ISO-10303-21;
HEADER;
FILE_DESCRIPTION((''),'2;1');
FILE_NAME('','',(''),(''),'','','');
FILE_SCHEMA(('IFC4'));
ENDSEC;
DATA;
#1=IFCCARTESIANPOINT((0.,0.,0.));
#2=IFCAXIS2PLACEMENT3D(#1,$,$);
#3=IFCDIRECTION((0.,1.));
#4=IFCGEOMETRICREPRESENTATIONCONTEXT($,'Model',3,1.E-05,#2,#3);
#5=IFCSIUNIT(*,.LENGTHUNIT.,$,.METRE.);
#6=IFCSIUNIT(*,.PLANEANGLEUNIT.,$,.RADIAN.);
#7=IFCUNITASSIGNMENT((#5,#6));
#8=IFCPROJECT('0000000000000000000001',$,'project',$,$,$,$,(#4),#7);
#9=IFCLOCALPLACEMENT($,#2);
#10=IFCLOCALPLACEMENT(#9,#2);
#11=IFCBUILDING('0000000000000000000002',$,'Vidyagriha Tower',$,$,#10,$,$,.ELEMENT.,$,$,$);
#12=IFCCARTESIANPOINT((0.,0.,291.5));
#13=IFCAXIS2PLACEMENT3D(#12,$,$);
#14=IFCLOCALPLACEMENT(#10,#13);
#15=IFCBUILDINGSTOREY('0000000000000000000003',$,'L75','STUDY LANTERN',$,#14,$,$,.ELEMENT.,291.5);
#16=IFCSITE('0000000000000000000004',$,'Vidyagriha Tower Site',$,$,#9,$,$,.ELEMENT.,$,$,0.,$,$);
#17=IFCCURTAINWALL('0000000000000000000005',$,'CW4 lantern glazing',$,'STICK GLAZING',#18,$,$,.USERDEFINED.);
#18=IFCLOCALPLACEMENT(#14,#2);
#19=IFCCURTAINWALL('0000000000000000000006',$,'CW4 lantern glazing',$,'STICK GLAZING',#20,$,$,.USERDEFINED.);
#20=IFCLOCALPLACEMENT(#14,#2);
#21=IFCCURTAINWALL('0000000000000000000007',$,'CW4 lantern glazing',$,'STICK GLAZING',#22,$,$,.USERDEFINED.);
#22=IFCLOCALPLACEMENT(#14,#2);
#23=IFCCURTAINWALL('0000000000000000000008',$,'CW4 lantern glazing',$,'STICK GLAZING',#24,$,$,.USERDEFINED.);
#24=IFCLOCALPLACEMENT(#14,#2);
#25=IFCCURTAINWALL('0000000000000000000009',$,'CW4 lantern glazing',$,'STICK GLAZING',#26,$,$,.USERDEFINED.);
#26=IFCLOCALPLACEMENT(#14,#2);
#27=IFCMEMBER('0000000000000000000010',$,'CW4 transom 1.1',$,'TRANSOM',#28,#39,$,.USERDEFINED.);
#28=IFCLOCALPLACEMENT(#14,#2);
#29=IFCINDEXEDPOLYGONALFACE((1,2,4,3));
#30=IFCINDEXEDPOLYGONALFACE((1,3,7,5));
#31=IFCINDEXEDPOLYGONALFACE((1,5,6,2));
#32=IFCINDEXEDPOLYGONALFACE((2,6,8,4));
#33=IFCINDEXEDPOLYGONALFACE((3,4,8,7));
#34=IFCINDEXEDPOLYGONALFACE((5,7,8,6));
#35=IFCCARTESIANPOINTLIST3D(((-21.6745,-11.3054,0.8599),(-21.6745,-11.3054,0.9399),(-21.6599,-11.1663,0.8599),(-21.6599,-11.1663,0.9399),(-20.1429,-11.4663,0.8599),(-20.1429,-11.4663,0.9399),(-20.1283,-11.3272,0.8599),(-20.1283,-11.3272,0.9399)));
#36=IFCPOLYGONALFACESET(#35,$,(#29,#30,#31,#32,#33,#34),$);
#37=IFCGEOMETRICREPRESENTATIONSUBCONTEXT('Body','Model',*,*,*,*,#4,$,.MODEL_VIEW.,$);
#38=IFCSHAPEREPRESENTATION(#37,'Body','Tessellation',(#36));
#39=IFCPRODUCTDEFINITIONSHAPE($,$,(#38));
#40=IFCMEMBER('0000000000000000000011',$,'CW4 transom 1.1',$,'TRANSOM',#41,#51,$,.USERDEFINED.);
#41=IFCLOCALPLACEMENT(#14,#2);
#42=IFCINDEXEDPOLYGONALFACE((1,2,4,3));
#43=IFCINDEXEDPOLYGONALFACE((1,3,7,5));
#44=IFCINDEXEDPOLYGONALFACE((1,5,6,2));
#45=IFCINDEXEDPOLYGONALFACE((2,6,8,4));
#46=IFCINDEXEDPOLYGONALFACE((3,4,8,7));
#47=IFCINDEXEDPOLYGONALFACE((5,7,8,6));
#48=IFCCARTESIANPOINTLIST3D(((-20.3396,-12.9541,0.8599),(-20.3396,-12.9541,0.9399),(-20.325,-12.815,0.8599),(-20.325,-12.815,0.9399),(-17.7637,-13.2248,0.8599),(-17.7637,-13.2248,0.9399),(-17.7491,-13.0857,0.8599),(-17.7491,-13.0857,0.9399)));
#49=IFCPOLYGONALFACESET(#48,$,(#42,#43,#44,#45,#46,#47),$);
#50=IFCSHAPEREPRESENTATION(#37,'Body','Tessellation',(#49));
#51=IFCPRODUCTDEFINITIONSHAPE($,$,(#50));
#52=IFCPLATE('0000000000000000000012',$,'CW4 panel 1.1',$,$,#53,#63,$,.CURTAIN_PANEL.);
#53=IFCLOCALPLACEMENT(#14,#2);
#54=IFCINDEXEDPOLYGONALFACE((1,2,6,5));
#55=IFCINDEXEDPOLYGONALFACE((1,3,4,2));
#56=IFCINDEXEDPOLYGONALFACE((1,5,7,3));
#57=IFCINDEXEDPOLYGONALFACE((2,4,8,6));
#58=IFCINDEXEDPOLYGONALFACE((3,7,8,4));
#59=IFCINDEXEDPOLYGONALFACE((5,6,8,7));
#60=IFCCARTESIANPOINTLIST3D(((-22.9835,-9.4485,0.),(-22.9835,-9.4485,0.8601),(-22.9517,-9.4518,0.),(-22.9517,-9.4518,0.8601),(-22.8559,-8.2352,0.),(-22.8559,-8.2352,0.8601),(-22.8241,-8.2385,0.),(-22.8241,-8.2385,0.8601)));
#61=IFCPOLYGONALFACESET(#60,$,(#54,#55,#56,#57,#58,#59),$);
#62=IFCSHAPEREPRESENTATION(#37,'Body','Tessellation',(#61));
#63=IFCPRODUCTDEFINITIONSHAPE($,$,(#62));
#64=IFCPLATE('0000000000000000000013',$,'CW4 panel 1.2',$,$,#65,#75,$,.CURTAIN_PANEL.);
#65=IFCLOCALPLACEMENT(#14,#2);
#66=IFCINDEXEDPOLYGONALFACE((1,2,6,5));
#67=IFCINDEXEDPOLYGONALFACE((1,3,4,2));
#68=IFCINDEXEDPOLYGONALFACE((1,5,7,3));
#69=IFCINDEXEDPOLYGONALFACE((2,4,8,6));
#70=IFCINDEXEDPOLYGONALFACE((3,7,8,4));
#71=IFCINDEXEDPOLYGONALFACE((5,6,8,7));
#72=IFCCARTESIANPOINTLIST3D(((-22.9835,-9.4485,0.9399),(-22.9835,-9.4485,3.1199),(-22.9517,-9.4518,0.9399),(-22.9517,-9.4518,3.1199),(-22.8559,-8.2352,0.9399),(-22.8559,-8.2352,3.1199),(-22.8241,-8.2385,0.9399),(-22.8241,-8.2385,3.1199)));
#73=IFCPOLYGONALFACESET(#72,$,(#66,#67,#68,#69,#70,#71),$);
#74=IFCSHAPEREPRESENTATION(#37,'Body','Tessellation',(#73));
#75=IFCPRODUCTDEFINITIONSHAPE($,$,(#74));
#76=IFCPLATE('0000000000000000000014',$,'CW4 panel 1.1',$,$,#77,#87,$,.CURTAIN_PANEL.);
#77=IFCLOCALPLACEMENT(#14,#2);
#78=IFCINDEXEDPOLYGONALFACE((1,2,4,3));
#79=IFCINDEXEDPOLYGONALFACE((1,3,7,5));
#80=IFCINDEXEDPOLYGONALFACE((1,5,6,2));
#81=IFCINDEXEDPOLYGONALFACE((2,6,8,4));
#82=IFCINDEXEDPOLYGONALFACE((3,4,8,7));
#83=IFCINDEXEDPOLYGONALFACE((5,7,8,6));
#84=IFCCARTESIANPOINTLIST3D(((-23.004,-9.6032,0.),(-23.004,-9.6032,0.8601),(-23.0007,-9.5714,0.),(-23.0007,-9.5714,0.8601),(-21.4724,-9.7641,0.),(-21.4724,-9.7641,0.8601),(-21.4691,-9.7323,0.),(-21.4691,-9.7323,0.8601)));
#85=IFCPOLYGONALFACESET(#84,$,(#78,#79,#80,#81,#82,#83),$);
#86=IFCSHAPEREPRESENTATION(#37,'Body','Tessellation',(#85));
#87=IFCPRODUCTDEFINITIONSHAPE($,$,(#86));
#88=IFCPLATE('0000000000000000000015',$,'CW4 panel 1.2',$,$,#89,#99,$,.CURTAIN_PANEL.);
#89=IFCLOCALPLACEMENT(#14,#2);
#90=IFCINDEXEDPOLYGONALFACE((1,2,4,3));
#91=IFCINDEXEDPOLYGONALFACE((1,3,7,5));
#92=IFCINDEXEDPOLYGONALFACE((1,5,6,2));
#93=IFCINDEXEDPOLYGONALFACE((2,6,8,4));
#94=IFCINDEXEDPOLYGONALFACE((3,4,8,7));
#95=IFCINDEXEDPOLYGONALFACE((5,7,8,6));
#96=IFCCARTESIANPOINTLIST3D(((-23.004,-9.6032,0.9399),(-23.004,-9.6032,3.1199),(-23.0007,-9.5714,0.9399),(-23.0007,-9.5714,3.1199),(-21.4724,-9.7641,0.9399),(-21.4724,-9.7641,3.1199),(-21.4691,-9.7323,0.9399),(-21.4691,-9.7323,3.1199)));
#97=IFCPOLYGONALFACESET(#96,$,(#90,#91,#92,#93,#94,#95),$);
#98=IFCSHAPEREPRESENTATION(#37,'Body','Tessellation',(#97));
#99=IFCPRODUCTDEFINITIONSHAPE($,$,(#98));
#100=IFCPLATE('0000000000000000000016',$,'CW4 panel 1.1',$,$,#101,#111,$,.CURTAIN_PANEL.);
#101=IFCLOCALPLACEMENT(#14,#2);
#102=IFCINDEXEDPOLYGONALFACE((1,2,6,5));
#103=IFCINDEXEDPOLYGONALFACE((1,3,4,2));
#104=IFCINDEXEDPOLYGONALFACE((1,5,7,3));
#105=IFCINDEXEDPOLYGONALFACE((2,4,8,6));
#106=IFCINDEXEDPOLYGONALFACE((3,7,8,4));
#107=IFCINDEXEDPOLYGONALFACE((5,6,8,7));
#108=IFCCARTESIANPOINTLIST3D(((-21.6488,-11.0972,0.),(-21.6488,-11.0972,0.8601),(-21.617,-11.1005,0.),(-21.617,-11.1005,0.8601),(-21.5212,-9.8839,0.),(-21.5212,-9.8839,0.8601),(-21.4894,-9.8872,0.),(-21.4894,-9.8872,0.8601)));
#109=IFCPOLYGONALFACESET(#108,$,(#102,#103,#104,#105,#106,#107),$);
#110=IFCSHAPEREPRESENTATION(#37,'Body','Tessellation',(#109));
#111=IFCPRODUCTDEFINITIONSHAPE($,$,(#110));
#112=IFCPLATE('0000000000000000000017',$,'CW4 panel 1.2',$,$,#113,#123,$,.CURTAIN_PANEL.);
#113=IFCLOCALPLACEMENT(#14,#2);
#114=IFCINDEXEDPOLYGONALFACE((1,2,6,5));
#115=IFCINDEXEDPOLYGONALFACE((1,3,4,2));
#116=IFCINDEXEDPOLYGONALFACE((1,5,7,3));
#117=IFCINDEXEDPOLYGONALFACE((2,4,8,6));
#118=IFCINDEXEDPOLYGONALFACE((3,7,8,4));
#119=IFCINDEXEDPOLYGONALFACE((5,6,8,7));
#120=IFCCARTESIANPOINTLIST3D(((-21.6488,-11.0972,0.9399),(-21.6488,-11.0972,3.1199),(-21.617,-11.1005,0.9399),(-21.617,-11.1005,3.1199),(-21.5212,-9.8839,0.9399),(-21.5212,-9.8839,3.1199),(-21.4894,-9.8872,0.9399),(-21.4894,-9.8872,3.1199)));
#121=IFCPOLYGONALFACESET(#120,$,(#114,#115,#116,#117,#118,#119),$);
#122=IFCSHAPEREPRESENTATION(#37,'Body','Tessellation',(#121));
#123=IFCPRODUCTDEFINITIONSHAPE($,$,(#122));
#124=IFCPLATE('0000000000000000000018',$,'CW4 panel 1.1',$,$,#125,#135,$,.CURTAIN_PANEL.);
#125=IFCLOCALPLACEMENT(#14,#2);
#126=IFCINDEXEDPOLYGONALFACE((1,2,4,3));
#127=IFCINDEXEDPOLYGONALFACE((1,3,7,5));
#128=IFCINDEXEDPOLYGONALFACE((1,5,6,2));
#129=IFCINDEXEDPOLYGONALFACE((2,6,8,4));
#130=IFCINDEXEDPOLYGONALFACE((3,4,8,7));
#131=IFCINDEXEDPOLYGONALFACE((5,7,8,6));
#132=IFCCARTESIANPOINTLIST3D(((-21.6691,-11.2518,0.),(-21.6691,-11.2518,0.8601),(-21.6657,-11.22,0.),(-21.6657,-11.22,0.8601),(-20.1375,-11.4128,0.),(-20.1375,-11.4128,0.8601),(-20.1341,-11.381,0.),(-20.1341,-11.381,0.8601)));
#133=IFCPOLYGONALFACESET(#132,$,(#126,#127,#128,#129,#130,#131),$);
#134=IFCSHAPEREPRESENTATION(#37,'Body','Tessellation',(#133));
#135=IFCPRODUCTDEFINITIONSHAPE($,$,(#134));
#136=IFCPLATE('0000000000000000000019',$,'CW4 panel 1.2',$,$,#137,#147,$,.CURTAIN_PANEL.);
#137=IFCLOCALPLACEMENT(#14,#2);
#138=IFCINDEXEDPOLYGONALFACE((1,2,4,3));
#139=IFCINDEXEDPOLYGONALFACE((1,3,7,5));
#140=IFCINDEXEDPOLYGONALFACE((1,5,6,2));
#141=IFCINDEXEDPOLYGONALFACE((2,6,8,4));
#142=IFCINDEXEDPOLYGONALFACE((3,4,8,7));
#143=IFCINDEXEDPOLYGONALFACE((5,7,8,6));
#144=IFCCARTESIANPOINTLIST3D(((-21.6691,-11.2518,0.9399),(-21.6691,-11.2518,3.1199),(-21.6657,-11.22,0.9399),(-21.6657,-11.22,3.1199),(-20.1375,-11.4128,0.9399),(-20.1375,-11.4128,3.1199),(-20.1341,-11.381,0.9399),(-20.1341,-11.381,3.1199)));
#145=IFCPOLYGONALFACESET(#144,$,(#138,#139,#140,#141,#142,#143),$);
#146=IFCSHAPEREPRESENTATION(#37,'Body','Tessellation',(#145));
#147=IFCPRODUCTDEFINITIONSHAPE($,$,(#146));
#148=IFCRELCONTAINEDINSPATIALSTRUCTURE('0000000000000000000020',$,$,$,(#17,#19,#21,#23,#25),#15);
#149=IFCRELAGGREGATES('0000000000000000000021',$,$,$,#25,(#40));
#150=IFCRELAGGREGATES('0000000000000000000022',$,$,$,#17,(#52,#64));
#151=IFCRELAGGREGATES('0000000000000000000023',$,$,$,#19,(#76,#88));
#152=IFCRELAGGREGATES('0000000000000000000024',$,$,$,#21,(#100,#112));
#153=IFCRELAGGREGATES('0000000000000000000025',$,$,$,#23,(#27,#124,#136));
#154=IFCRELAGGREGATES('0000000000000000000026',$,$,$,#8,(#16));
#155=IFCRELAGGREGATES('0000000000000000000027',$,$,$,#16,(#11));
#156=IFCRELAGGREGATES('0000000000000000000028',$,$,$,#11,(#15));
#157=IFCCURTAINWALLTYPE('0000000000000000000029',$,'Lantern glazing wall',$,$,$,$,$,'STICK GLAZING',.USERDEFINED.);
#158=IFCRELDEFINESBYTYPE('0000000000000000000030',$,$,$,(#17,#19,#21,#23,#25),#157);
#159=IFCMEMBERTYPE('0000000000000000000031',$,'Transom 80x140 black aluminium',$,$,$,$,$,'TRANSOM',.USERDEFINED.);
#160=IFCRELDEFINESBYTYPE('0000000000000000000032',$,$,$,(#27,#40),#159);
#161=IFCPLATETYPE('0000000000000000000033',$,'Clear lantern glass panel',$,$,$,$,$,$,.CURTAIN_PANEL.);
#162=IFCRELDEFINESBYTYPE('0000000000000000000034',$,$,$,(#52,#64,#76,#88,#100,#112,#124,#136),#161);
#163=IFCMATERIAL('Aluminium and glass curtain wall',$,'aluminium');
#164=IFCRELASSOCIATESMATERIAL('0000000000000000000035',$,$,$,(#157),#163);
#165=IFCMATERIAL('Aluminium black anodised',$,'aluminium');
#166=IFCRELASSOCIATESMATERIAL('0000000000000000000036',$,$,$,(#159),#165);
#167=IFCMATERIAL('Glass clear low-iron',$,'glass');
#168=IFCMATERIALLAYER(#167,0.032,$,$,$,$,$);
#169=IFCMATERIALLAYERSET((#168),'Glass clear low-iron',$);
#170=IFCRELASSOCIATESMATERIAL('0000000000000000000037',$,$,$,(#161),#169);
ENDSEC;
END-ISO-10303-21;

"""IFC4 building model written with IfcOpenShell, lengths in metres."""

from ifc_helpers import new_model, si_unit, direction, frame, origin, origin_2d, place, context, subcontext, project, spatial, rectangle, extrude, material, layer, layer_set, material_profile, profile_set, type_object, element, aggregate, save


model = new_model("IFC4")

# Units and contexts
model_context = context("Model", 3, precision=1e-05, world=origin(), true_north=direction((0.0, 1.0)))
body_context = subcontext(model_context, "Body", "Model", "MODEL_VIEW")
ifc_project = project(units=[si_unit("LENGTHUNIT", "METRE"), si_unit("PLANEANGLEUNIT", "RADIAN")], contexts=[model_context])

# Site, building, storey
site_placement = place(None, origin())
site = spatial("IfcSite", under=ifc_project, at=site_placement, Name="Vidyagriha Tower Site", CompositionType="ELEMENT", RefElevation=0.0)
building_placement = place(site_placement, origin())
building = spatial("IfcBuilding", under=site, at=building_placement, Name="Vidyagriha Tower", CompositionType="ELEMENT")
storey_placement = place(building_placement, frame((0.0, 0.0, 291.5)))
storey = spatial("IfcBuildingStorey", under=building, at=storey_placement, Name="L75", Description="STUDY LANTERN", CompositionType="ELEMENT", Elevation=291.5)

# Curtain wall
ifc_material_1 = material(Name="Aluminium and glass curtain wall", Category="aluminium")
curtain_wall_type = type_object("IfcCurtainWallType", Name="Lantern glazing wall", ElementType="STICK GLAZING", PredefinedType="USERDEFINED", material=ifc_material_1)
curtain_wall_1_placement = place(storey_placement, origin())
curtain_wall_1 = element("IfcCurtainWall", 1, at=curtain_wall_1_placement, inside=storey, type_object=curtain_wall_type, Name="CW4 lantern glazing", ObjectType="STICK GLAZING", PredefinedType="USERDEFINED")

# Curtain walls
curtain_wall_2_placement = place(storey_placement, origin())
curtain_wall_2 = element("IfcCurtainWall", 2, at=curtain_wall_2_placement, inside=storey, type_object=curtain_wall_type, Name="CW4 lantern glazing", ObjectType="STICK GLAZING", PredefinedType="USERDEFINED")
curtain_wall_3_placement = place(storey_placement, origin())
curtain_wall_3 = element("IfcCurtainWall", 3, at=curtain_wall_3_placement, inside=storey, type_object=curtain_wall_type, Name="CW4 lantern glazing", ObjectType="STICK GLAZING", PredefinedType="USERDEFINED")

# Curtain walls
curtain_wall_4_placement = place(storey_placement, origin())
curtain_wall_4 = element("IfcCurtainWall", 4, at=curtain_wall_4_placement, inside=storey, type_object=curtain_wall_type, Name="CW4 lantern glazing", ObjectType="STICK GLAZING", PredefinedType="USERDEFINED")
curtain_wall_5_placement = place(storey_placement, origin())
curtain_wall_5 = element("IfcCurtainWall", 5, at=curtain_wall_5_placement, inside=storey, type_object=curtain_wall_type, Name="CW4 lantern glazing", ObjectType="STICK GLAZING", PredefinedType="USERDEFINED")

# Members
ifc_material_2 = material(Name="Aluminium black anodised", Category="aluminium")
ifc_material_profile_1 = material_profile(ifc_material_2, rectangle(XDim=0.1399, YDim=0.0801, at=origin_2d()), Name="Transom 80x140 black aluminium")
ifc_profile_set_1 = profile_set([ifc_material_profile_1], Name="Aluminium black anodised")
member_type_1 = type_object("IfcMemberType", Name="Transom 80x140 black aluminium", ElementType="TRANSOM", PredefinedType="USERDEFINED", material=ifc_profile_set_1)
member_1_placement = place(storey_placement, frame((-21.6672, -11.2358, 0.8999), z_axis=(0.994527, -0.104478, 0.0), x_axis=(0.104478, 0.994527, 0.0)))
member_1 = element("IfcMember", 6, at=member_1_placement, type_object=member_type_1, Name="CW4 transom 1.1", ObjectType="TRANSOM", PredefinedType="USERDEFINED", context=body_context, shape_type="SweptSolid", body=[
    extrude(rectangle(XDim=0.1399, YDim=0.0801, at=origin_2d()), origin(), (0.0, 0.0, 1.0), 1.54),
])
member_2_placement = place(storey_placement, frame((-20.3323, -12.8845, 0.8999), z_axis=(0.994521, -0.104533, 0.0), x_axis=(0.104533, 0.994521, 0.0)))
member_2 = element("IfcMember", 7, at=member_2_placement, type_object=member_type_1, Name="CW4 transom 1.1", ObjectType="TRANSOM", PredefinedType="USERDEFINED", context=body_context, shape_type="SweptSolid", body=[
    extrude(rectangle(XDim=0.1399, YDim=0.0801, at=origin_2d()), origin(), (0.0, 0.0, 1.0), 2.5901),
])
aggregate(curtain_wall_5, [member_2])

# Plates
ifc_material_3 = material(Name="Glass clear low-iron", Category="glass")
ifc_layer = layer(ifc_material_3, 0.032)
ifc_layer_set = layer_set([ifc_layer], Name="Glass clear low-iron")
plate_type = type_object("IfcPlateType", Name="Clear lantern glass panel", PredefinedType="CURTAIN_PANEL", material=ifc_layer_set)
plate_1_placement = place(storey_placement, frame((-22.9038, -8.8435, 0.0), z_axis=(0.0, 0.0, 1.0), x_axis=(-0.104557, -0.994519, 0.0)))
plate_1 = element("IfcPlate", 8, at=plate_1_placement, type_object=plate_type, Name="CW4 panel 1.1", PredefinedType="CURTAIN_PANEL", context=body_context, shape_type="SweptSolid", body=[
    extrude(rectangle(XDim=1.22, YDim=0.032, at=origin_2d()), origin(), (0.0, 0.0, 1.0), 0.8601),
])
plate_2_placement = place(storey_placement, frame((-22.9038, -8.8435, 0.9399), z_axis=(0.0, 0.0, 1.0), x_axis=(-0.104557, -0.994519, 0.0)))
plate_2 = element("IfcPlate", 9, at=plate_2_placement, type_object=plate_type, Name="CW4 panel 1.2", PredefinedType="CURTAIN_PANEL", context=body_context, shape_type="SweptSolid", body=[
    extrude(rectangle(XDim=1.22, YDim=0.032, at=origin_2d()), origin(), (0.0, 0.0, 1.0), 2.1799),
])
aggregate(curtain_wall_1, [plate_1, plate_2])
plate_3_placement = place(storey_placement, frame((-22.2366, -9.6677, 0.0), z_axis=(0.0, 0.0, 1.0), x_axis=(0.994529, -0.104459, 0.0)))
plate_3 = element("IfcPlate", 10, at=plate_3_placement, type_object=plate_type, Name="CW4 panel 1.1", PredefinedType="CURTAIN_PANEL", context=body_context, shape_type="SweptSolid", body=[
    extrude(rectangle(XDim=1.54, YDim=0.032, at=origin_2d()), origin(), (0.0, 0.0, 1.0), 0.8601),
])
plate_4_placement = place(storey_placement, frame((-22.2366, -9.6677, 0.9399), z_axis=(0.0, 0.0, 1.0), x_axis=(0.994529, -0.104459, 0.0)))
plate_4 = element("IfcPlate", 11, at=plate_4_placement, type_object=plate_type, Name="CW4 panel 1.2", PredefinedType="CURTAIN_PANEL", context=body_context, shape_type="SweptSolid", body=[
    extrude(rectangle(XDim=1.54, YDim=0.032, at=origin_2d()), origin(), (0.0, 0.0, 1.0), 2.1799),
])
aggregate(curtain_wall_2, [plate_3, plate_4])
plate_5_placement = place(storey_placement, frame((-21.5691, -10.4922, 0.0), z_axis=(0.0, 0.0, 1.0), x_axis=(-0.104549, -0.99452, 0.0)))
plate_5 = element("IfcPlate", 12, at=plate_5_placement, type_object=plate_type, Name="CW4 panel 1.1", PredefinedType="CURTAIN_PANEL", context=body_context, shape_type="SweptSolid", body=[
    extrude(rectangle(XDim=1.22, YDim=0.032, at=origin_2d()), origin(), (0.0, 0.0, 1.0), 0.8601),
])
plate_6_placement = place(storey_placement, frame((-21.5691, -10.4922, 0.9399), z_axis=(0.0, 0.0, 1.0), x_axis=(-0.104549, -0.99452, 0.0)))
plate_6 = element("IfcPlate", 13, at=plate_6_placement, type_object=plate_type, Name="CW4 panel 1.2", PredefinedType="CURTAIN_PANEL", context=body_context, shape_type="SweptSolid", body=[
    extrude(rectangle(XDim=1.22, YDim=0.032, at=origin_2d()), origin(), (0.0, 0.0, 1.0), 2.1799),
])
aggregate(curtain_wall_3, [plate_5, plate_6])
plate_7_placement = place(storey_placement, frame((-20.9016, -11.3164, 0.0), z_axis=(0.0, 0.0, 1.0), x_axis=(0.994523, -0.104519, 0.0)))
plate_7 = element("IfcPlate", 14, at=plate_7_placement, type_object=plate_type, Name="CW4 panel 1.1", PredefinedType="CURTAIN_PANEL", context=body_context, shape_type="SweptSolid", body=[
    extrude(rectangle(XDim=1.54, YDim=0.032, at=origin_2d()), origin(), (0.0, 0.0, 1.0), 0.8601),
])
plate_8_placement = place(storey_placement, frame((-20.9016, -11.3164, 0.9399), z_axis=(0.0, 0.0, 1.0), x_axis=(0.994523, -0.104519, 0.0)))
plate_8 = element("IfcPlate", 15, at=plate_8_placement, type_object=plate_type, Name="CW4 panel 1.2", PredefinedType="CURTAIN_PANEL", context=body_context, shape_type="SweptSolid", body=[
    extrude(rectangle(XDim=1.54, YDim=0.032, at=origin_2d()), origin(), (0.0, 0.0, 1.0), 2.1799),
])
aggregate(curtain_wall_4, [member_1, plate_7, plate_8])

save(model, "model.ifc")
